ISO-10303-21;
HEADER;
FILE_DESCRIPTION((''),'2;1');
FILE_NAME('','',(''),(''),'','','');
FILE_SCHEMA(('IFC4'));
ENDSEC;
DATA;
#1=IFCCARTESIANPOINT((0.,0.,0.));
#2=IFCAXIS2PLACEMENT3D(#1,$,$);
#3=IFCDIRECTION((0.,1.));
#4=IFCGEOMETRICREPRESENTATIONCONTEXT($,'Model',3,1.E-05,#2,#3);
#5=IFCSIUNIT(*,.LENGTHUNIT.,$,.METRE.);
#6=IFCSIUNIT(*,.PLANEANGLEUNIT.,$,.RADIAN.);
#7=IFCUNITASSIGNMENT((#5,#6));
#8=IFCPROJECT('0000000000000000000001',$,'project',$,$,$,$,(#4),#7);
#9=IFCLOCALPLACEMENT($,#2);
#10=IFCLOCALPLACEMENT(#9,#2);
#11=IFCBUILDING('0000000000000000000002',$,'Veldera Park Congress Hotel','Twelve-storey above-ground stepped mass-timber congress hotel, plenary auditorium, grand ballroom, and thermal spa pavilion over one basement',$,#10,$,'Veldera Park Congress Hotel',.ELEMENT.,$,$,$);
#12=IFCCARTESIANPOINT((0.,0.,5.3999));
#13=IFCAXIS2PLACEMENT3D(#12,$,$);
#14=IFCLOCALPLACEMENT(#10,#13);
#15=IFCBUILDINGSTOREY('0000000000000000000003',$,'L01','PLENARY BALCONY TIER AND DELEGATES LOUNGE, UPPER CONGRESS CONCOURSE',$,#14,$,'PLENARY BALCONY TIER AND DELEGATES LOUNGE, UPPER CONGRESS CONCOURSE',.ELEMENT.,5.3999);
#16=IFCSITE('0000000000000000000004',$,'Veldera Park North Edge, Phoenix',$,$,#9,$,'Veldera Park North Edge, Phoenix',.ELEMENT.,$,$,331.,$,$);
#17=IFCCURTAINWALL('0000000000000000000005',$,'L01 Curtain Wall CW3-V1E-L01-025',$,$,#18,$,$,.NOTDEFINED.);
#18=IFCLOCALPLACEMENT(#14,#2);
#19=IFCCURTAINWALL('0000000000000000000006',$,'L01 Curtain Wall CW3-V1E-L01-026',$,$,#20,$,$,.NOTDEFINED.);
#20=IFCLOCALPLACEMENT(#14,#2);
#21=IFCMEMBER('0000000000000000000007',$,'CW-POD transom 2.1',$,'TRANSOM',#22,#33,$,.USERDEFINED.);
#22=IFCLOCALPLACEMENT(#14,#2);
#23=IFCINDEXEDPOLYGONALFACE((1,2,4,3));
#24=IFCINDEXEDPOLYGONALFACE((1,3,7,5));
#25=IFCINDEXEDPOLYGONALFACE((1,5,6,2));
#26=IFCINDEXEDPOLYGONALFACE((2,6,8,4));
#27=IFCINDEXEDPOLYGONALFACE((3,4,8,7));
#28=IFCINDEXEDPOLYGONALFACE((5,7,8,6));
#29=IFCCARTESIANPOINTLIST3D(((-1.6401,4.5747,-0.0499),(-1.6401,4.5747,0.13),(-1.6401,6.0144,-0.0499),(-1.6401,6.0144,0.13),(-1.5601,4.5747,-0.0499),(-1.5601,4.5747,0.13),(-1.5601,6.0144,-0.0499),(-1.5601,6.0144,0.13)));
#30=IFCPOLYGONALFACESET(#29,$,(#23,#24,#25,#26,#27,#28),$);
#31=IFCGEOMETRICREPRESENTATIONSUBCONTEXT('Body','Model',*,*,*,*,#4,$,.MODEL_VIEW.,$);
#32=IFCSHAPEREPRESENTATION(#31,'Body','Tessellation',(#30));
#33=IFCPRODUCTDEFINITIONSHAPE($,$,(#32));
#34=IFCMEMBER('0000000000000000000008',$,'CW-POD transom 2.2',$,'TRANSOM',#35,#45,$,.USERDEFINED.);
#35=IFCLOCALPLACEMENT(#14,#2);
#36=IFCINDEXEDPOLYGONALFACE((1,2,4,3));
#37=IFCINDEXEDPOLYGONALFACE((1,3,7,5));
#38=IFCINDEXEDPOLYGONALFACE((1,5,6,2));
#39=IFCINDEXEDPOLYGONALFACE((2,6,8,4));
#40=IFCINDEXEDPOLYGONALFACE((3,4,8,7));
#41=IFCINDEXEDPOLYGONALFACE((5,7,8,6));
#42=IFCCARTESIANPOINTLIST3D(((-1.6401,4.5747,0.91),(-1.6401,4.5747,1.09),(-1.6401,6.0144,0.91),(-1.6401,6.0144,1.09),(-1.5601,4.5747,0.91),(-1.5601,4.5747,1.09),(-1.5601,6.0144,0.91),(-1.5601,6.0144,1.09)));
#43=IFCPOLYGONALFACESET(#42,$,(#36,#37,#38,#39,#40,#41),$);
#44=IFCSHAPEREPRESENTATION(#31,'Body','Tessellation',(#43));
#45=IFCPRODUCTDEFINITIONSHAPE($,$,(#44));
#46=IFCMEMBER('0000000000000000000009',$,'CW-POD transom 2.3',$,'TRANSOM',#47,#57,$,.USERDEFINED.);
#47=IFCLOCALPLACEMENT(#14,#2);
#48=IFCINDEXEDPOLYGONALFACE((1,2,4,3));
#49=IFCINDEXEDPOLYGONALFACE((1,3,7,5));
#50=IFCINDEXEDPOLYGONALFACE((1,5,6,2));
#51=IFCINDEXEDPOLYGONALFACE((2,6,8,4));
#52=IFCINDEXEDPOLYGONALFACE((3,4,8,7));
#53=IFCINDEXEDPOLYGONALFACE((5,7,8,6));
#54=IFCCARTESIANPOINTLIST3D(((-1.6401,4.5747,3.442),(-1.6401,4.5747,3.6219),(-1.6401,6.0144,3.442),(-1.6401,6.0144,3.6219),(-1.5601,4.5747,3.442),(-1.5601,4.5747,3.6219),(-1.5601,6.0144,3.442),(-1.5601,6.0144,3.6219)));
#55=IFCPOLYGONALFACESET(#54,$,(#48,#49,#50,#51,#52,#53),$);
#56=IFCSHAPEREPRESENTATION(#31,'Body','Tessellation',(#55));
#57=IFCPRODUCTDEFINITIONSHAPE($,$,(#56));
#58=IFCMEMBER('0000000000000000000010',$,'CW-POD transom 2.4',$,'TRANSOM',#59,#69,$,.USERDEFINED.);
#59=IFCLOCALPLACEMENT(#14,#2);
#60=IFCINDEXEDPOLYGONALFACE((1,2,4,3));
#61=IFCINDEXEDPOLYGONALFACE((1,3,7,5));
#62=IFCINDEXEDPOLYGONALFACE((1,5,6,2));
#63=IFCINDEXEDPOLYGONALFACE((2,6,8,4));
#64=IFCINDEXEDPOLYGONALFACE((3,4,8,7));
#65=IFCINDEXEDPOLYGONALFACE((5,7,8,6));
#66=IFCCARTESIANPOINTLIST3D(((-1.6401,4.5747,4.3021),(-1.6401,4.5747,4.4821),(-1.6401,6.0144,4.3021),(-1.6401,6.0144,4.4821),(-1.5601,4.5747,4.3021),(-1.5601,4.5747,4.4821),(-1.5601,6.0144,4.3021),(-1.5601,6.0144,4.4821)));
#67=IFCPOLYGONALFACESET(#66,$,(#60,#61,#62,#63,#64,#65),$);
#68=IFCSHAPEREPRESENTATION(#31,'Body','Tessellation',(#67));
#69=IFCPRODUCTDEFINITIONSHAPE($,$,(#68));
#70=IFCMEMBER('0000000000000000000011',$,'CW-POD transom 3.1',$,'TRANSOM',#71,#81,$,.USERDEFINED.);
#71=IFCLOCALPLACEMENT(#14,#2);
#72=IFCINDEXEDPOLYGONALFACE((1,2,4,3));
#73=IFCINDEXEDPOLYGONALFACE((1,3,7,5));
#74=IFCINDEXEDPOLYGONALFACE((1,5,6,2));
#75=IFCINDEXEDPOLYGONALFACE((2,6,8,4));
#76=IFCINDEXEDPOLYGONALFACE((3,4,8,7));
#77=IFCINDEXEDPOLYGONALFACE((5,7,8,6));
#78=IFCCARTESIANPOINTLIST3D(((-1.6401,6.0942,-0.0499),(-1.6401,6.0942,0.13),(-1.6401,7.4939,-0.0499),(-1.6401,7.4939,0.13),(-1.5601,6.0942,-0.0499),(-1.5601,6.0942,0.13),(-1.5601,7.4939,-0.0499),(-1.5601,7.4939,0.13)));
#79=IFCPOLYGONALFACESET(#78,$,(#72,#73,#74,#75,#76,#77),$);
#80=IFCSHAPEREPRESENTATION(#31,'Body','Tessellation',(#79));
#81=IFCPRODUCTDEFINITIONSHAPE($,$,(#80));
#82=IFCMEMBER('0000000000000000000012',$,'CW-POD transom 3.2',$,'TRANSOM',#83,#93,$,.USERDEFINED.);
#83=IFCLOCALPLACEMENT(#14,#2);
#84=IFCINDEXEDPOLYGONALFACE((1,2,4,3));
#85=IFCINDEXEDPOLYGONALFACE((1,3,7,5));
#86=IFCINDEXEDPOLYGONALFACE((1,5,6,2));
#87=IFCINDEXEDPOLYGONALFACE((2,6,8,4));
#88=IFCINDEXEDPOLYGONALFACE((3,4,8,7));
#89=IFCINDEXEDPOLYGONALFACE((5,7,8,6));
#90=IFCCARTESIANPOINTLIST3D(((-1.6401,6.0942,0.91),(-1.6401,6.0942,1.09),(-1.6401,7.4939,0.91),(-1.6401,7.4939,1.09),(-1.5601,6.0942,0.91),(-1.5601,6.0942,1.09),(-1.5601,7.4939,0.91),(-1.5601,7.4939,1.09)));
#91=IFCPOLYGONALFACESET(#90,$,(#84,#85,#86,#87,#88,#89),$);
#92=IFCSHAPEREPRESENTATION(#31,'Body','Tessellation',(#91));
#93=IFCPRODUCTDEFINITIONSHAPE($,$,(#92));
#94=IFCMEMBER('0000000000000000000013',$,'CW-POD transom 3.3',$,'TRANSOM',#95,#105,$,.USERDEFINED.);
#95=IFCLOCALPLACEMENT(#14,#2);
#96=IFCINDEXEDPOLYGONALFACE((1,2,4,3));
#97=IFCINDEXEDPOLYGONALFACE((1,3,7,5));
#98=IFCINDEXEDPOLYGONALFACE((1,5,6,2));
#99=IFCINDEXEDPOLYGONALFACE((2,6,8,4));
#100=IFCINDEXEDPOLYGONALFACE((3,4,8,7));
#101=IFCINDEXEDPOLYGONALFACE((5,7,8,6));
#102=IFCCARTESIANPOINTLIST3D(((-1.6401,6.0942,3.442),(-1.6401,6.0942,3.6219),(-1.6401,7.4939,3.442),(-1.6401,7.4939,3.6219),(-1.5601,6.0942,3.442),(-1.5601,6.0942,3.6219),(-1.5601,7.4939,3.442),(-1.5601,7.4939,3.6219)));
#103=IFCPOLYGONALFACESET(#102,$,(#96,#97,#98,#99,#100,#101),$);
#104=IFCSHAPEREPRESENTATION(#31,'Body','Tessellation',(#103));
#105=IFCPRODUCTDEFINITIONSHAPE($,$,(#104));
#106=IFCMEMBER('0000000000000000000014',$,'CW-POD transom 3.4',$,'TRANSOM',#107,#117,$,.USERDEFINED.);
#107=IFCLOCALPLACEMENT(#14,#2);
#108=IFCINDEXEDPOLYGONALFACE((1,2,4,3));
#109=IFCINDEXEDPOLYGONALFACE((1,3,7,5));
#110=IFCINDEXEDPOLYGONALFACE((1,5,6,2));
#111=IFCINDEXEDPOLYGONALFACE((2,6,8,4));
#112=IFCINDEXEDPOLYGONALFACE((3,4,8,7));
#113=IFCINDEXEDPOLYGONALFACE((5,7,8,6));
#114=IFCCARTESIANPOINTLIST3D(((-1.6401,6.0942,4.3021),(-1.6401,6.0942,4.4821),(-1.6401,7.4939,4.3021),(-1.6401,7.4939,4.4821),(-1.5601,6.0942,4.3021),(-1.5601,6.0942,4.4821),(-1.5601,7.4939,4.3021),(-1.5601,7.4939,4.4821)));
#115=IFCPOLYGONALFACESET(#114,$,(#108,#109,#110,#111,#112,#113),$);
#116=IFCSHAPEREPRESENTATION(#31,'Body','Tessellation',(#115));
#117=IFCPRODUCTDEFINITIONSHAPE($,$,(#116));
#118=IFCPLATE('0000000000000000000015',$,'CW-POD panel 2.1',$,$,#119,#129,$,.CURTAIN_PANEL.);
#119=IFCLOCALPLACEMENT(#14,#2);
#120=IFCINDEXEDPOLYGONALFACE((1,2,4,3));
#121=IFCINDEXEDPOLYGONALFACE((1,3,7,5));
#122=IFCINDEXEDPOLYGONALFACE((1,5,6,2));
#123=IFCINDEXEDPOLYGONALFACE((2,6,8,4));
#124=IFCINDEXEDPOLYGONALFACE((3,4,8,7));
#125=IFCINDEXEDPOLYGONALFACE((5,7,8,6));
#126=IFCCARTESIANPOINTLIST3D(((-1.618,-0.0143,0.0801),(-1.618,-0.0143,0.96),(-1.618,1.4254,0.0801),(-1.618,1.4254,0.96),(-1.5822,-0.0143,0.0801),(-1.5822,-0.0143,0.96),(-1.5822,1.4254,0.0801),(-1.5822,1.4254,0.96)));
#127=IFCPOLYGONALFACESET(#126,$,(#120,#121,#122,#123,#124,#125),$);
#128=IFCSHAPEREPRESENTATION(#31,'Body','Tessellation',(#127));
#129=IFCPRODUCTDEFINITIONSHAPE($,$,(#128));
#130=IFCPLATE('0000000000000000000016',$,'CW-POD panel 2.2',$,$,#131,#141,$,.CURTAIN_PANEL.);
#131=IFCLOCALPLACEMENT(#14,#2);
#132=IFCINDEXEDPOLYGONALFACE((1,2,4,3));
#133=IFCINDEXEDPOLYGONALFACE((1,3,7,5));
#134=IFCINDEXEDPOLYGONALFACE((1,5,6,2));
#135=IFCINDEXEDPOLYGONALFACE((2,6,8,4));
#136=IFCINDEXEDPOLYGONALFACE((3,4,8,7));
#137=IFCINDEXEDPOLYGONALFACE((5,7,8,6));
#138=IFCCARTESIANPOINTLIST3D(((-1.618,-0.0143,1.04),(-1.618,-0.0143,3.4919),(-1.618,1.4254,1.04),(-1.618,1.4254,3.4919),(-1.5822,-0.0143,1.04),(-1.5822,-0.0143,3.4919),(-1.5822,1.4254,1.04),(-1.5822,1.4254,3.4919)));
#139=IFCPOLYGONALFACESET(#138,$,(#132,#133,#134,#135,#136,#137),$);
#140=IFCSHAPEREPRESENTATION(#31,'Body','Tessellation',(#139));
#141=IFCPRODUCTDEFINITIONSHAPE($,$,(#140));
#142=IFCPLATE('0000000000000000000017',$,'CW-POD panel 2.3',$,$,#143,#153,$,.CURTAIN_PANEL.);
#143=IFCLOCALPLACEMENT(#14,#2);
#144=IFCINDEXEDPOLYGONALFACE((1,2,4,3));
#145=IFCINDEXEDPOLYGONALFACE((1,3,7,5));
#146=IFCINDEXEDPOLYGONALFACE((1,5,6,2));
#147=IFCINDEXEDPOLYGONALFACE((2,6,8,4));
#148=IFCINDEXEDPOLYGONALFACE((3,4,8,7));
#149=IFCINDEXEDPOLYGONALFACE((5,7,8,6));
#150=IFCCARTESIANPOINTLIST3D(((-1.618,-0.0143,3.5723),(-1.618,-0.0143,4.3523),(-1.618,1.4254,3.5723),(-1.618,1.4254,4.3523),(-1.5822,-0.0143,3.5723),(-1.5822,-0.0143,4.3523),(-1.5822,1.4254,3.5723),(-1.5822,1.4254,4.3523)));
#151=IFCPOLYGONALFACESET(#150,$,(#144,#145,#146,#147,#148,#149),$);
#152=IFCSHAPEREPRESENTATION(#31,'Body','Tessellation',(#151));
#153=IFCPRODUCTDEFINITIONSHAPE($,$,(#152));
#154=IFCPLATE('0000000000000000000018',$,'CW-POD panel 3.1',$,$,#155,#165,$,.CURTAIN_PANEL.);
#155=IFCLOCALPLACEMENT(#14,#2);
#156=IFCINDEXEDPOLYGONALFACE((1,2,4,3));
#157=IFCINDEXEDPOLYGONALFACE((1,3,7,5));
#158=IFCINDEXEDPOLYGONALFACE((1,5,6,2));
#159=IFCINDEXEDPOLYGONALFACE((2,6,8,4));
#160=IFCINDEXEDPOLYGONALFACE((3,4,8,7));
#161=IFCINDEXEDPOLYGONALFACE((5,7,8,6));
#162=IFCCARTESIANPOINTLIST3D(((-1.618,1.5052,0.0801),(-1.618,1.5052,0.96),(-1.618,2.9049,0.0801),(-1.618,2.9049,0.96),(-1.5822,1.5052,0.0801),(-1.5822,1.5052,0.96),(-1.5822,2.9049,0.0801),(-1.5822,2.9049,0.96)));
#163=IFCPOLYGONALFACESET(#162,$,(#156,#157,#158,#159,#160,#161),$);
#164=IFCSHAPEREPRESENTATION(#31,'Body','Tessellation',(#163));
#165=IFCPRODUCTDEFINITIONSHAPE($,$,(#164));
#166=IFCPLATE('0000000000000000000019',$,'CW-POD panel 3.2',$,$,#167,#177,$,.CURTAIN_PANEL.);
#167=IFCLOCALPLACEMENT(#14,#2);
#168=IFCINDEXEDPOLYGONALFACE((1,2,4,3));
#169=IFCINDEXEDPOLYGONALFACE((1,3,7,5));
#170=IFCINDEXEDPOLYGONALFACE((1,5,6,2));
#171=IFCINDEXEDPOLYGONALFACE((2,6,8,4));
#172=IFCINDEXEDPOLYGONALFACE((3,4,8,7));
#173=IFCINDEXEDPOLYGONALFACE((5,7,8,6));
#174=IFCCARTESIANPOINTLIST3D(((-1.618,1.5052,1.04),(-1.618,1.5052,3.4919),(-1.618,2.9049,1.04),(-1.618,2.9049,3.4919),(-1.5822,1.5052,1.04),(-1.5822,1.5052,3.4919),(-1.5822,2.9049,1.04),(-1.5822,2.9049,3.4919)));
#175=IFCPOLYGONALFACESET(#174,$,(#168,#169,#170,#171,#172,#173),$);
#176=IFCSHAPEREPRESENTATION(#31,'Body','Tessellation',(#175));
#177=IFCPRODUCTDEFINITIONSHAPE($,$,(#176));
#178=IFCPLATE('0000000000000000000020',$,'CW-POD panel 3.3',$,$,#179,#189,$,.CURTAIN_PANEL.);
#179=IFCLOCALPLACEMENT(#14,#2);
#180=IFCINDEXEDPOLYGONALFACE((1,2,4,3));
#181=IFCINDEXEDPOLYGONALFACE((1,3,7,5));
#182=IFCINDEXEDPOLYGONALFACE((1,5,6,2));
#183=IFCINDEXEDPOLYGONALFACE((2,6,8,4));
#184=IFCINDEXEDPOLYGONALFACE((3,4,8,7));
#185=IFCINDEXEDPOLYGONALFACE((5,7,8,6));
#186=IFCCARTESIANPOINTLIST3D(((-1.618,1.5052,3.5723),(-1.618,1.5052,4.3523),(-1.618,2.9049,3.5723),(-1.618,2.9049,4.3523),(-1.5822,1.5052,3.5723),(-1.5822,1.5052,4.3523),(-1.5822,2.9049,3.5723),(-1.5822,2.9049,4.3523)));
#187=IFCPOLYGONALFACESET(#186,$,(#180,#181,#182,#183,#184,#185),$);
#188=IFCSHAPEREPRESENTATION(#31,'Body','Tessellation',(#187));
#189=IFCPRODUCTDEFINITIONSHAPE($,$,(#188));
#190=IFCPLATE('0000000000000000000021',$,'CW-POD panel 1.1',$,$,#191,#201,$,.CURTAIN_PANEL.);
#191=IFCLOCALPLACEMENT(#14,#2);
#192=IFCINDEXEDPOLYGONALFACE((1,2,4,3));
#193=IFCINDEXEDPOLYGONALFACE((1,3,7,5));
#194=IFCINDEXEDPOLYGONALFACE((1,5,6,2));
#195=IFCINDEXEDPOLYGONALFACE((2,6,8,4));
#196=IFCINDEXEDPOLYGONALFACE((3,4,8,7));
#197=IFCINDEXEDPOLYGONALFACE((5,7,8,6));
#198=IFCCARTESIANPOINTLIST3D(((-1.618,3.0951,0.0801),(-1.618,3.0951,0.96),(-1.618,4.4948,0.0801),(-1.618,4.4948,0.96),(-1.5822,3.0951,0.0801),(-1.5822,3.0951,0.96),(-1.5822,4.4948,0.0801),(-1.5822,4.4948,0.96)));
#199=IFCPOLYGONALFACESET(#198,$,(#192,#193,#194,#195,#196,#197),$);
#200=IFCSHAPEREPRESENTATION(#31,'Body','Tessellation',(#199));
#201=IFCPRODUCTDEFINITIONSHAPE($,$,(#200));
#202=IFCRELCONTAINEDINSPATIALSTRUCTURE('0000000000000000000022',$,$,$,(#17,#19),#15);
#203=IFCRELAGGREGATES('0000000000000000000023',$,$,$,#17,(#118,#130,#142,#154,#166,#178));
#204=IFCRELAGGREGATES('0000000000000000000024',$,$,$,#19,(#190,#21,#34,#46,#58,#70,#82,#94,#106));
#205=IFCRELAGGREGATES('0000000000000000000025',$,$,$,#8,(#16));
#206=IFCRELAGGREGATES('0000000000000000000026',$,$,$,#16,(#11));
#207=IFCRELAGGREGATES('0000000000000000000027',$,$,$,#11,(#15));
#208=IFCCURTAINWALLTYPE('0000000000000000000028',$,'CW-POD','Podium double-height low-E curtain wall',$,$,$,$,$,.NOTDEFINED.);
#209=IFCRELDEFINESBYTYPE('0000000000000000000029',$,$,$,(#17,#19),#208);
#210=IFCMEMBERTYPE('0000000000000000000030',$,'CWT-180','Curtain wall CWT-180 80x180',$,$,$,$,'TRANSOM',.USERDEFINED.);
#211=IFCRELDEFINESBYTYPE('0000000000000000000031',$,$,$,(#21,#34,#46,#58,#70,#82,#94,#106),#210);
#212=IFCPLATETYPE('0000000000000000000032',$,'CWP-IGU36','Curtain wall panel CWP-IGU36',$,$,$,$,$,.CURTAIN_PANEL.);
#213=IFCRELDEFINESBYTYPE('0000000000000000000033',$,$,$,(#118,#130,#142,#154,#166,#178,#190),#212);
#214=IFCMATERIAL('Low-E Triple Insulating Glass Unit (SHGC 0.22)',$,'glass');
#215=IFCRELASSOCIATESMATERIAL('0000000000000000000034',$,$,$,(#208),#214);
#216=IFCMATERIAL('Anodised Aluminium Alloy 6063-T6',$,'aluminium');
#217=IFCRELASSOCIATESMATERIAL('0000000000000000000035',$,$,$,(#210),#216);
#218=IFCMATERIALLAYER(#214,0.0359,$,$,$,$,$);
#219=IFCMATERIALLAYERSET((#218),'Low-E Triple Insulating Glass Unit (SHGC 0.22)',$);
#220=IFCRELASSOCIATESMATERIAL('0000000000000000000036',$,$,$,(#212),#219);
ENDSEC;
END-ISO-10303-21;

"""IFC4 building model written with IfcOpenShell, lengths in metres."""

from ifc_helpers import new_model, si_unit, direction, frame, origin, origin_2d, place, context, subcontext, project, spatial, rectangle, extrude, material, layer, layer_set, material_profile, profile_set, type_object, element, aggregate, save


model = new_model("IFC4")

# Units and contexts
model_context = context("Model", 3, precision=1e-05, world=origin(), true_north=direction((0.0, 1.0)))
body_context = subcontext(model_context, "Body", "Model", "MODEL_VIEW")
ifc_project = project(units=[si_unit("LENGTHUNIT", "METRE"), si_unit("PLANEANGLEUNIT", "RADIAN")], contexts=[model_context])

# Site, building, storey
site_placement = place(None, origin())
site = spatial("IfcSite", under=ifc_project, at=site_placement, Name="Veldera Park North Edge, Phoenix", LongName="Veldera Park North Edge, Phoenix", CompositionType="ELEMENT", RefElevation=331.0)
building_placement = place(site_placement, origin())
building = spatial("IfcBuilding", under=site, at=building_placement, Name="Veldera Park Congress Hotel", Description="Twelve-storey above-ground stepped mass-timber congress hotel, plenary auditorium, grand ballroom, and thermal spa pavilion over one basement", LongName="Veldera Park Congress Hotel", CompositionType="ELEMENT")
storey_placement = place(building_placement, frame((0.0, 0.0, 5.3999)))
storey = spatial("IfcBuildingStorey", under=building, at=storey_placement, Name="L01", Description="PLENARY BALCONY TIER AND DELEGATES LOUNGE, UPPER CONGRESS CONCOURSE", LongName="PLENARY BALCONY TIER AND DELEGATES LOUNGE, UPPER CONGRESS CONCOURSE", CompositionType="ELEMENT", Elevation=5.3999)

# Curtain walls
ifc_material_1 = material(Name="Low-E Triple Insulating Glass Unit (SHGC 0.22)", Category="glass")
curtain_wall_type = type_object("IfcCurtainWallType", Name="CW-POD", Description="Podium double-height low-E curtain wall", PredefinedType="NOTDEFINED", material=ifc_material_1)
curtain_wall_1_placement = place(storey_placement, origin())
curtain_wall_1 = element("IfcCurtainWall", 1, at=curtain_wall_1_placement, inside=storey, type_object=curtain_wall_type, Name="L01 Curtain Wall CW3-V1E-L01-025", PredefinedType="NOTDEFINED")
ifc_material_2 = material(Name="Anodised Aluminium Alloy 6063-T6", Category="aluminium")
curtain_wall_2_placement = place(storey_placement, origin())
curtain_wall_2 = element("IfcCurtainWall", 2, at=curtain_wall_2_placement, inside=storey, type_object=curtain_wall_type, Name="L01 Curtain Wall CW3-V1E-L01-026", PredefinedType="NOTDEFINED")

# Members
ifc_material_profile_1 = material_profile(ifc_material_2, rectangle(XDim=0.0801, YDim=0.1799, at=origin_2d()), Name="ALU 80x180")
ifc_profile_set_1 = profile_set([ifc_material_profile_1], Name="Anodised Aluminium Alloy 6063-T6")
member_type_1 = type_object("IfcMemberType", Name="CWT-180", Description="Curtain wall CWT-180 80x180", ElementType="TRANSOM", PredefinedType="USERDEFINED", material=ifc_profile_set_1)
member_1_placement = place(storey_placement, frame((-1.6001, 4.5747, 0.04), z_axis=(0.0, 1.0, 0.0), x_axis=(-1.0, 0.0, 0.0)))
member_1 = element("IfcMember", 3, at=member_1_placement, type_object=member_type_1, Name="CW-POD transom 2.1", ObjectType="TRANSOM", PredefinedType="USERDEFINED", context=body_context, shape_type="SweptSolid", body=[
    extrude(rectangle(XDim=0.0801, YDim=0.1799, at=origin_2d()), origin(), (0.0, 0.0, 1.0), 1.4397),
])
member_2_placement = place(storey_placement, frame((-1.6001, 4.5747, 1.0), z_axis=(0.0, 1.0, 0.0), x_axis=(-1.0, 0.0, 0.0)))
member_2 = element("IfcMember", 4, at=member_2_placement, type_object=member_type_1, Name="CW-POD transom 2.2", ObjectType="TRANSOM", PredefinedType="USERDEFINED", context=body_context, shape_type="SweptSolid", body=[
    extrude(rectangle(XDim=0.0801, YDim=0.1799, at=origin_2d()), origin(), (0.0, 0.0, 1.0), 1.4397),
])
member_3_placement = place(storey_placement, frame((-1.6001, 4.5747, 3.532), z_axis=(0.0, 1.0, 0.0), x_axis=(-1.0, 0.0, 0.0)))
member_3 = element("IfcMember", 5, at=member_3_placement, type_object=member_type_1, Name="CW-POD transom 2.3", ObjectType="TRANSOM", PredefinedType="USERDEFINED", context=body_context, shape_type="SweptSolid", body=[
    extrude(rectangle(XDim=0.0801, YDim=0.1799, at=origin_2d()), origin(), (0.0, 0.0, 1.0), 1.4397),
])
member_4_placement = place(storey_placement, frame((-1.6001, 4.5747, 4.3921), z_axis=(0.0, 1.0, 0.0), x_axis=(-1.0, 0.0, 0.0)))
member_4 = element("IfcMember", 6, at=member_4_placement, type_object=member_type_1, Name="CW-POD transom 2.4", ObjectType="TRANSOM", PredefinedType="USERDEFINED", context=body_context, shape_type="SweptSolid", body=[
    extrude(rectangle(XDim=0.0801, YDim=0.1799, at=origin_2d()), origin(), (0.0, 0.0, 1.0), 1.4397),
])
member_5_placement = place(storey_placement, frame((-1.6001, 6.0942, 0.04), z_axis=(0.0, 1.0, 0.0), x_axis=(-1.0, 0.0, 0.0)))
member_5 = element("IfcMember", 7, at=member_5_placement, type_object=member_type_1, Name="CW-POD transom 3.1", ObjectType="TRANSOM", PredefinedType="USERDEFINED", context=body_context, shape_type="SweptSolid", body=[
    extrude(rectangle(XDim=0.0801, YDim=0.1799, at=origin_2d()), origin(), (0.0, 0.0, 1.0), 1.3997),
])
member_6_placement = place(storey_placement, frame((-1.6001, 6.0942, 1.0), z_axis=(0.0, 1.0, 0.0), x_axis=(-1.0, 0.0, 0.0)))
member_6 = element("IfcMember", 8, at=member_6_placement, type_object=member_type_1, Name="CW-POD transom 3.2", ObjectType="TRANSOM", PredefinedType="USERDEFINED", context=body_context, shape_type="SweptSolid", body=[
    extrude(rectangle(XDim=0.0801, YDim=0.1799, at=origin_2d()), origin(), (0.0, 0.0, 1.0), 1.3997),
])
member_7_placement = place(storey_placement, frame((-1.6001, 6.0942, 3.532), z_axis=(0.0, 1.0, 0.0), x_axis=(-1.0, 0.0, 0.0)))
member_7 = element("IfcMember", 9, at=member_7_placement, type_object=member_type_1, Name="CW-POD transom 3.3", ObjectType="TRANSOM", PredefinedType="USERDEFINED", context=body_context, shape_type="SweptSolid", body=[
    extrude(rectangle(XDim=0.0801, YDim=0.1799, at=origin_2d()), origin(), (0.0, 0.0, 1.0), 1.3997),
])
member_8_placement = place(storey_placement, frame((-1.6001, 6.0942, 4.3921), z_axis=(0.0, 1.0, 0.0), x_axis=(-1.0, 0.0, 0.0)))
member_8 = element("IfcMember", 10, at=member_8_placement, type_object=member_type_1, Name="CW-POD transom 3.4", ObjectType="TRANSOM", PredefinedType="USERDEFINED", context=body_context, shape_type="SweptSolid", body=[
    extrude(rectangle(XDim=0.0801, YDim=0.1799, at=origin_2d()), origin(), (0.0, 0.0, 1.0), 1.3997),
])

# Plates
ifc_layer = layer(ifc_material_1, 0.0359)
ifc_layer_set = layer_set([ifc_layer], Name="Low-E Triple Insulating Glass Unit (SHGC 0.22)")
plate_type = type_object("IfcPlateType", Name="CWP-IGU36", Description="Curtain wall panel CWP-IGU36", PredefinedType="CURTAIN_PANEL", material=ifc_layer_set)
plate_1_placement = place(storey_placement, frame((-1.6001, 0.7056, 0.0801), z_axis=(0.0, 0.0, 1.0), x_axis=(0.0, 1.0, 0.0)))
plate_1 = element("IfcPlate", 11, at=plate_1_placement, type_object=plate_type, Name="CW-POD panel 2.1", PredefinedType="CURTAIN_PANEL", context=body_context, shape_type="SweptSolid", body=[
    extrude(rectangle(XDim=1.4397, YDim=0.0359, at=origin_2d()), origin(), (0.0, 0.0, 1.0), 0.8799),
])
plate_2_placement = place(storey_placement, frame((-1.6001, 0.7056, 1.04), z_axis=(0.0, 0.0, 1.0), x_axis=(0.0, 1.0, 0.0)))
plate_2 = element("IfcPlate", 12, at=plate_2_placement, type_object=plate_type, Name="CW-POD panel 2.2", PredefinedType="CURTAIN_PANEL", context=body_context, shape_type="SweptSolid", body=[
    extrude(rectangle(XDim=1.4397, YDim=0.0359, at=origin_2d()), origin(), (0.0, 0.0, 1.0), 2.4519),
])
plate_3_placement = place(storey_placement, frame((-1.6001, 0.7056, 3.5723), z_axis=(0.0, 0.0, 1.0), x_axis=(0.0, 1.0, 0.0)))
plate_3 = element("IfcPlate", 13, at=plate_3_placement, type_object=plate_type, Name="CW-POD panel 2.3", PredefinedType="CURTAIN_PANEL", context=body_context, shape_type="SweptSolid", body=[
    extrude(rectangle(XDim=1.4397, YDim=0.0359, at=origin_2d()), origin(), (0.0, 0.0, 1.0), 0.78),
])
plate_4_placement = place(storey_placement, frame((-1.6001, 2.2051, 0.0801), z_axis=(0.0, 0.0, 1.0), x_axis=(0.0, 1.0, 0.0)))
plate_4 = element("IfcPlate", 14, at=plate_4_placement, type_object=plate_type, Name="CW-POD panel 3.1", PredefinedType="CURTAIN_PANEL", context=body_context, shape_type="SweptSolid", body=[
    extrude(rectangle(XDim=1.3997, YDim=0.0359, at=origin_2d()), origin(), (0.0, 0.0, 1.0), 0.8799),
])
plate_5_placement = place(storey_placement, frame((-1.6001, 2.2051, 1.04), z_axis=(0.0, 0.0, 1.0), x_axis=(0.0, 1.0, 0.0)))
plate_5 = element("IfcPlate", 15, at=plate_5_placement, type_object=plate_type, Name="CW-POD panel 3.2", PredefinedType="CURTAIN_PANEL", context=body_context, shape_type="SweptSolid", body=[
    extrude(rectangle(XDim=1.3997, YDim=0.0359, at=origin_2d()), origin(), (0.0, 0.0, 1.0), 2.4519),
])
plate_6_placement = place(storey_placement, frame((-1.6001, 2.2051, 3.5723), z_axis=(0.0, 0.0, 1.0), x_axis=(0.0, 1.0, 0.0)))
plate_6 = element("IfcPlate", 16, at=plate_6_placement, type_object=plate_type, Name="CW-POD panel 3.3", PredefinedType="CURTAIN_PANEL", context=body_context, shape_type="SweptSolid", body=[
    extrude(rectangle(XDim=1.3997, YDim=0.0359, at=origin_2d()), origin(), (0.0, 0.0, 1.0), 0.78),
])
aggregate(curtain_wall_1, [plate_1, plate_2, plate_3, plate_4, plate_5, plate_6])
plate_7_placement = place(storey_placement, frame((-1.6001, 3.7949, 0.0801), z_axis=(0.0, 0.0, 1.0), x_axis=(0.0, 1.0, 0.0)))
plate_7 = element("IfcPlate", 17, at=plate_7_placement, type_object=plate_type, Name="CW-POD panel 1.1", PredefinedType="CURTAIN_PANEL", context=body_context, shape_type="SweptSolid", body=[
    extrude(rectangle(XDim=1.3997, YDim=0.0359, at=origin_2d()), origin(), (0.0, 0.0, 1.0), 0.8799),
])
aggregate(curtain_wall_2, [plate_7, member_1, member_2, member_3, member_4, member_5, member_6, member_7, member_8])

save(model, "model.ifc")
